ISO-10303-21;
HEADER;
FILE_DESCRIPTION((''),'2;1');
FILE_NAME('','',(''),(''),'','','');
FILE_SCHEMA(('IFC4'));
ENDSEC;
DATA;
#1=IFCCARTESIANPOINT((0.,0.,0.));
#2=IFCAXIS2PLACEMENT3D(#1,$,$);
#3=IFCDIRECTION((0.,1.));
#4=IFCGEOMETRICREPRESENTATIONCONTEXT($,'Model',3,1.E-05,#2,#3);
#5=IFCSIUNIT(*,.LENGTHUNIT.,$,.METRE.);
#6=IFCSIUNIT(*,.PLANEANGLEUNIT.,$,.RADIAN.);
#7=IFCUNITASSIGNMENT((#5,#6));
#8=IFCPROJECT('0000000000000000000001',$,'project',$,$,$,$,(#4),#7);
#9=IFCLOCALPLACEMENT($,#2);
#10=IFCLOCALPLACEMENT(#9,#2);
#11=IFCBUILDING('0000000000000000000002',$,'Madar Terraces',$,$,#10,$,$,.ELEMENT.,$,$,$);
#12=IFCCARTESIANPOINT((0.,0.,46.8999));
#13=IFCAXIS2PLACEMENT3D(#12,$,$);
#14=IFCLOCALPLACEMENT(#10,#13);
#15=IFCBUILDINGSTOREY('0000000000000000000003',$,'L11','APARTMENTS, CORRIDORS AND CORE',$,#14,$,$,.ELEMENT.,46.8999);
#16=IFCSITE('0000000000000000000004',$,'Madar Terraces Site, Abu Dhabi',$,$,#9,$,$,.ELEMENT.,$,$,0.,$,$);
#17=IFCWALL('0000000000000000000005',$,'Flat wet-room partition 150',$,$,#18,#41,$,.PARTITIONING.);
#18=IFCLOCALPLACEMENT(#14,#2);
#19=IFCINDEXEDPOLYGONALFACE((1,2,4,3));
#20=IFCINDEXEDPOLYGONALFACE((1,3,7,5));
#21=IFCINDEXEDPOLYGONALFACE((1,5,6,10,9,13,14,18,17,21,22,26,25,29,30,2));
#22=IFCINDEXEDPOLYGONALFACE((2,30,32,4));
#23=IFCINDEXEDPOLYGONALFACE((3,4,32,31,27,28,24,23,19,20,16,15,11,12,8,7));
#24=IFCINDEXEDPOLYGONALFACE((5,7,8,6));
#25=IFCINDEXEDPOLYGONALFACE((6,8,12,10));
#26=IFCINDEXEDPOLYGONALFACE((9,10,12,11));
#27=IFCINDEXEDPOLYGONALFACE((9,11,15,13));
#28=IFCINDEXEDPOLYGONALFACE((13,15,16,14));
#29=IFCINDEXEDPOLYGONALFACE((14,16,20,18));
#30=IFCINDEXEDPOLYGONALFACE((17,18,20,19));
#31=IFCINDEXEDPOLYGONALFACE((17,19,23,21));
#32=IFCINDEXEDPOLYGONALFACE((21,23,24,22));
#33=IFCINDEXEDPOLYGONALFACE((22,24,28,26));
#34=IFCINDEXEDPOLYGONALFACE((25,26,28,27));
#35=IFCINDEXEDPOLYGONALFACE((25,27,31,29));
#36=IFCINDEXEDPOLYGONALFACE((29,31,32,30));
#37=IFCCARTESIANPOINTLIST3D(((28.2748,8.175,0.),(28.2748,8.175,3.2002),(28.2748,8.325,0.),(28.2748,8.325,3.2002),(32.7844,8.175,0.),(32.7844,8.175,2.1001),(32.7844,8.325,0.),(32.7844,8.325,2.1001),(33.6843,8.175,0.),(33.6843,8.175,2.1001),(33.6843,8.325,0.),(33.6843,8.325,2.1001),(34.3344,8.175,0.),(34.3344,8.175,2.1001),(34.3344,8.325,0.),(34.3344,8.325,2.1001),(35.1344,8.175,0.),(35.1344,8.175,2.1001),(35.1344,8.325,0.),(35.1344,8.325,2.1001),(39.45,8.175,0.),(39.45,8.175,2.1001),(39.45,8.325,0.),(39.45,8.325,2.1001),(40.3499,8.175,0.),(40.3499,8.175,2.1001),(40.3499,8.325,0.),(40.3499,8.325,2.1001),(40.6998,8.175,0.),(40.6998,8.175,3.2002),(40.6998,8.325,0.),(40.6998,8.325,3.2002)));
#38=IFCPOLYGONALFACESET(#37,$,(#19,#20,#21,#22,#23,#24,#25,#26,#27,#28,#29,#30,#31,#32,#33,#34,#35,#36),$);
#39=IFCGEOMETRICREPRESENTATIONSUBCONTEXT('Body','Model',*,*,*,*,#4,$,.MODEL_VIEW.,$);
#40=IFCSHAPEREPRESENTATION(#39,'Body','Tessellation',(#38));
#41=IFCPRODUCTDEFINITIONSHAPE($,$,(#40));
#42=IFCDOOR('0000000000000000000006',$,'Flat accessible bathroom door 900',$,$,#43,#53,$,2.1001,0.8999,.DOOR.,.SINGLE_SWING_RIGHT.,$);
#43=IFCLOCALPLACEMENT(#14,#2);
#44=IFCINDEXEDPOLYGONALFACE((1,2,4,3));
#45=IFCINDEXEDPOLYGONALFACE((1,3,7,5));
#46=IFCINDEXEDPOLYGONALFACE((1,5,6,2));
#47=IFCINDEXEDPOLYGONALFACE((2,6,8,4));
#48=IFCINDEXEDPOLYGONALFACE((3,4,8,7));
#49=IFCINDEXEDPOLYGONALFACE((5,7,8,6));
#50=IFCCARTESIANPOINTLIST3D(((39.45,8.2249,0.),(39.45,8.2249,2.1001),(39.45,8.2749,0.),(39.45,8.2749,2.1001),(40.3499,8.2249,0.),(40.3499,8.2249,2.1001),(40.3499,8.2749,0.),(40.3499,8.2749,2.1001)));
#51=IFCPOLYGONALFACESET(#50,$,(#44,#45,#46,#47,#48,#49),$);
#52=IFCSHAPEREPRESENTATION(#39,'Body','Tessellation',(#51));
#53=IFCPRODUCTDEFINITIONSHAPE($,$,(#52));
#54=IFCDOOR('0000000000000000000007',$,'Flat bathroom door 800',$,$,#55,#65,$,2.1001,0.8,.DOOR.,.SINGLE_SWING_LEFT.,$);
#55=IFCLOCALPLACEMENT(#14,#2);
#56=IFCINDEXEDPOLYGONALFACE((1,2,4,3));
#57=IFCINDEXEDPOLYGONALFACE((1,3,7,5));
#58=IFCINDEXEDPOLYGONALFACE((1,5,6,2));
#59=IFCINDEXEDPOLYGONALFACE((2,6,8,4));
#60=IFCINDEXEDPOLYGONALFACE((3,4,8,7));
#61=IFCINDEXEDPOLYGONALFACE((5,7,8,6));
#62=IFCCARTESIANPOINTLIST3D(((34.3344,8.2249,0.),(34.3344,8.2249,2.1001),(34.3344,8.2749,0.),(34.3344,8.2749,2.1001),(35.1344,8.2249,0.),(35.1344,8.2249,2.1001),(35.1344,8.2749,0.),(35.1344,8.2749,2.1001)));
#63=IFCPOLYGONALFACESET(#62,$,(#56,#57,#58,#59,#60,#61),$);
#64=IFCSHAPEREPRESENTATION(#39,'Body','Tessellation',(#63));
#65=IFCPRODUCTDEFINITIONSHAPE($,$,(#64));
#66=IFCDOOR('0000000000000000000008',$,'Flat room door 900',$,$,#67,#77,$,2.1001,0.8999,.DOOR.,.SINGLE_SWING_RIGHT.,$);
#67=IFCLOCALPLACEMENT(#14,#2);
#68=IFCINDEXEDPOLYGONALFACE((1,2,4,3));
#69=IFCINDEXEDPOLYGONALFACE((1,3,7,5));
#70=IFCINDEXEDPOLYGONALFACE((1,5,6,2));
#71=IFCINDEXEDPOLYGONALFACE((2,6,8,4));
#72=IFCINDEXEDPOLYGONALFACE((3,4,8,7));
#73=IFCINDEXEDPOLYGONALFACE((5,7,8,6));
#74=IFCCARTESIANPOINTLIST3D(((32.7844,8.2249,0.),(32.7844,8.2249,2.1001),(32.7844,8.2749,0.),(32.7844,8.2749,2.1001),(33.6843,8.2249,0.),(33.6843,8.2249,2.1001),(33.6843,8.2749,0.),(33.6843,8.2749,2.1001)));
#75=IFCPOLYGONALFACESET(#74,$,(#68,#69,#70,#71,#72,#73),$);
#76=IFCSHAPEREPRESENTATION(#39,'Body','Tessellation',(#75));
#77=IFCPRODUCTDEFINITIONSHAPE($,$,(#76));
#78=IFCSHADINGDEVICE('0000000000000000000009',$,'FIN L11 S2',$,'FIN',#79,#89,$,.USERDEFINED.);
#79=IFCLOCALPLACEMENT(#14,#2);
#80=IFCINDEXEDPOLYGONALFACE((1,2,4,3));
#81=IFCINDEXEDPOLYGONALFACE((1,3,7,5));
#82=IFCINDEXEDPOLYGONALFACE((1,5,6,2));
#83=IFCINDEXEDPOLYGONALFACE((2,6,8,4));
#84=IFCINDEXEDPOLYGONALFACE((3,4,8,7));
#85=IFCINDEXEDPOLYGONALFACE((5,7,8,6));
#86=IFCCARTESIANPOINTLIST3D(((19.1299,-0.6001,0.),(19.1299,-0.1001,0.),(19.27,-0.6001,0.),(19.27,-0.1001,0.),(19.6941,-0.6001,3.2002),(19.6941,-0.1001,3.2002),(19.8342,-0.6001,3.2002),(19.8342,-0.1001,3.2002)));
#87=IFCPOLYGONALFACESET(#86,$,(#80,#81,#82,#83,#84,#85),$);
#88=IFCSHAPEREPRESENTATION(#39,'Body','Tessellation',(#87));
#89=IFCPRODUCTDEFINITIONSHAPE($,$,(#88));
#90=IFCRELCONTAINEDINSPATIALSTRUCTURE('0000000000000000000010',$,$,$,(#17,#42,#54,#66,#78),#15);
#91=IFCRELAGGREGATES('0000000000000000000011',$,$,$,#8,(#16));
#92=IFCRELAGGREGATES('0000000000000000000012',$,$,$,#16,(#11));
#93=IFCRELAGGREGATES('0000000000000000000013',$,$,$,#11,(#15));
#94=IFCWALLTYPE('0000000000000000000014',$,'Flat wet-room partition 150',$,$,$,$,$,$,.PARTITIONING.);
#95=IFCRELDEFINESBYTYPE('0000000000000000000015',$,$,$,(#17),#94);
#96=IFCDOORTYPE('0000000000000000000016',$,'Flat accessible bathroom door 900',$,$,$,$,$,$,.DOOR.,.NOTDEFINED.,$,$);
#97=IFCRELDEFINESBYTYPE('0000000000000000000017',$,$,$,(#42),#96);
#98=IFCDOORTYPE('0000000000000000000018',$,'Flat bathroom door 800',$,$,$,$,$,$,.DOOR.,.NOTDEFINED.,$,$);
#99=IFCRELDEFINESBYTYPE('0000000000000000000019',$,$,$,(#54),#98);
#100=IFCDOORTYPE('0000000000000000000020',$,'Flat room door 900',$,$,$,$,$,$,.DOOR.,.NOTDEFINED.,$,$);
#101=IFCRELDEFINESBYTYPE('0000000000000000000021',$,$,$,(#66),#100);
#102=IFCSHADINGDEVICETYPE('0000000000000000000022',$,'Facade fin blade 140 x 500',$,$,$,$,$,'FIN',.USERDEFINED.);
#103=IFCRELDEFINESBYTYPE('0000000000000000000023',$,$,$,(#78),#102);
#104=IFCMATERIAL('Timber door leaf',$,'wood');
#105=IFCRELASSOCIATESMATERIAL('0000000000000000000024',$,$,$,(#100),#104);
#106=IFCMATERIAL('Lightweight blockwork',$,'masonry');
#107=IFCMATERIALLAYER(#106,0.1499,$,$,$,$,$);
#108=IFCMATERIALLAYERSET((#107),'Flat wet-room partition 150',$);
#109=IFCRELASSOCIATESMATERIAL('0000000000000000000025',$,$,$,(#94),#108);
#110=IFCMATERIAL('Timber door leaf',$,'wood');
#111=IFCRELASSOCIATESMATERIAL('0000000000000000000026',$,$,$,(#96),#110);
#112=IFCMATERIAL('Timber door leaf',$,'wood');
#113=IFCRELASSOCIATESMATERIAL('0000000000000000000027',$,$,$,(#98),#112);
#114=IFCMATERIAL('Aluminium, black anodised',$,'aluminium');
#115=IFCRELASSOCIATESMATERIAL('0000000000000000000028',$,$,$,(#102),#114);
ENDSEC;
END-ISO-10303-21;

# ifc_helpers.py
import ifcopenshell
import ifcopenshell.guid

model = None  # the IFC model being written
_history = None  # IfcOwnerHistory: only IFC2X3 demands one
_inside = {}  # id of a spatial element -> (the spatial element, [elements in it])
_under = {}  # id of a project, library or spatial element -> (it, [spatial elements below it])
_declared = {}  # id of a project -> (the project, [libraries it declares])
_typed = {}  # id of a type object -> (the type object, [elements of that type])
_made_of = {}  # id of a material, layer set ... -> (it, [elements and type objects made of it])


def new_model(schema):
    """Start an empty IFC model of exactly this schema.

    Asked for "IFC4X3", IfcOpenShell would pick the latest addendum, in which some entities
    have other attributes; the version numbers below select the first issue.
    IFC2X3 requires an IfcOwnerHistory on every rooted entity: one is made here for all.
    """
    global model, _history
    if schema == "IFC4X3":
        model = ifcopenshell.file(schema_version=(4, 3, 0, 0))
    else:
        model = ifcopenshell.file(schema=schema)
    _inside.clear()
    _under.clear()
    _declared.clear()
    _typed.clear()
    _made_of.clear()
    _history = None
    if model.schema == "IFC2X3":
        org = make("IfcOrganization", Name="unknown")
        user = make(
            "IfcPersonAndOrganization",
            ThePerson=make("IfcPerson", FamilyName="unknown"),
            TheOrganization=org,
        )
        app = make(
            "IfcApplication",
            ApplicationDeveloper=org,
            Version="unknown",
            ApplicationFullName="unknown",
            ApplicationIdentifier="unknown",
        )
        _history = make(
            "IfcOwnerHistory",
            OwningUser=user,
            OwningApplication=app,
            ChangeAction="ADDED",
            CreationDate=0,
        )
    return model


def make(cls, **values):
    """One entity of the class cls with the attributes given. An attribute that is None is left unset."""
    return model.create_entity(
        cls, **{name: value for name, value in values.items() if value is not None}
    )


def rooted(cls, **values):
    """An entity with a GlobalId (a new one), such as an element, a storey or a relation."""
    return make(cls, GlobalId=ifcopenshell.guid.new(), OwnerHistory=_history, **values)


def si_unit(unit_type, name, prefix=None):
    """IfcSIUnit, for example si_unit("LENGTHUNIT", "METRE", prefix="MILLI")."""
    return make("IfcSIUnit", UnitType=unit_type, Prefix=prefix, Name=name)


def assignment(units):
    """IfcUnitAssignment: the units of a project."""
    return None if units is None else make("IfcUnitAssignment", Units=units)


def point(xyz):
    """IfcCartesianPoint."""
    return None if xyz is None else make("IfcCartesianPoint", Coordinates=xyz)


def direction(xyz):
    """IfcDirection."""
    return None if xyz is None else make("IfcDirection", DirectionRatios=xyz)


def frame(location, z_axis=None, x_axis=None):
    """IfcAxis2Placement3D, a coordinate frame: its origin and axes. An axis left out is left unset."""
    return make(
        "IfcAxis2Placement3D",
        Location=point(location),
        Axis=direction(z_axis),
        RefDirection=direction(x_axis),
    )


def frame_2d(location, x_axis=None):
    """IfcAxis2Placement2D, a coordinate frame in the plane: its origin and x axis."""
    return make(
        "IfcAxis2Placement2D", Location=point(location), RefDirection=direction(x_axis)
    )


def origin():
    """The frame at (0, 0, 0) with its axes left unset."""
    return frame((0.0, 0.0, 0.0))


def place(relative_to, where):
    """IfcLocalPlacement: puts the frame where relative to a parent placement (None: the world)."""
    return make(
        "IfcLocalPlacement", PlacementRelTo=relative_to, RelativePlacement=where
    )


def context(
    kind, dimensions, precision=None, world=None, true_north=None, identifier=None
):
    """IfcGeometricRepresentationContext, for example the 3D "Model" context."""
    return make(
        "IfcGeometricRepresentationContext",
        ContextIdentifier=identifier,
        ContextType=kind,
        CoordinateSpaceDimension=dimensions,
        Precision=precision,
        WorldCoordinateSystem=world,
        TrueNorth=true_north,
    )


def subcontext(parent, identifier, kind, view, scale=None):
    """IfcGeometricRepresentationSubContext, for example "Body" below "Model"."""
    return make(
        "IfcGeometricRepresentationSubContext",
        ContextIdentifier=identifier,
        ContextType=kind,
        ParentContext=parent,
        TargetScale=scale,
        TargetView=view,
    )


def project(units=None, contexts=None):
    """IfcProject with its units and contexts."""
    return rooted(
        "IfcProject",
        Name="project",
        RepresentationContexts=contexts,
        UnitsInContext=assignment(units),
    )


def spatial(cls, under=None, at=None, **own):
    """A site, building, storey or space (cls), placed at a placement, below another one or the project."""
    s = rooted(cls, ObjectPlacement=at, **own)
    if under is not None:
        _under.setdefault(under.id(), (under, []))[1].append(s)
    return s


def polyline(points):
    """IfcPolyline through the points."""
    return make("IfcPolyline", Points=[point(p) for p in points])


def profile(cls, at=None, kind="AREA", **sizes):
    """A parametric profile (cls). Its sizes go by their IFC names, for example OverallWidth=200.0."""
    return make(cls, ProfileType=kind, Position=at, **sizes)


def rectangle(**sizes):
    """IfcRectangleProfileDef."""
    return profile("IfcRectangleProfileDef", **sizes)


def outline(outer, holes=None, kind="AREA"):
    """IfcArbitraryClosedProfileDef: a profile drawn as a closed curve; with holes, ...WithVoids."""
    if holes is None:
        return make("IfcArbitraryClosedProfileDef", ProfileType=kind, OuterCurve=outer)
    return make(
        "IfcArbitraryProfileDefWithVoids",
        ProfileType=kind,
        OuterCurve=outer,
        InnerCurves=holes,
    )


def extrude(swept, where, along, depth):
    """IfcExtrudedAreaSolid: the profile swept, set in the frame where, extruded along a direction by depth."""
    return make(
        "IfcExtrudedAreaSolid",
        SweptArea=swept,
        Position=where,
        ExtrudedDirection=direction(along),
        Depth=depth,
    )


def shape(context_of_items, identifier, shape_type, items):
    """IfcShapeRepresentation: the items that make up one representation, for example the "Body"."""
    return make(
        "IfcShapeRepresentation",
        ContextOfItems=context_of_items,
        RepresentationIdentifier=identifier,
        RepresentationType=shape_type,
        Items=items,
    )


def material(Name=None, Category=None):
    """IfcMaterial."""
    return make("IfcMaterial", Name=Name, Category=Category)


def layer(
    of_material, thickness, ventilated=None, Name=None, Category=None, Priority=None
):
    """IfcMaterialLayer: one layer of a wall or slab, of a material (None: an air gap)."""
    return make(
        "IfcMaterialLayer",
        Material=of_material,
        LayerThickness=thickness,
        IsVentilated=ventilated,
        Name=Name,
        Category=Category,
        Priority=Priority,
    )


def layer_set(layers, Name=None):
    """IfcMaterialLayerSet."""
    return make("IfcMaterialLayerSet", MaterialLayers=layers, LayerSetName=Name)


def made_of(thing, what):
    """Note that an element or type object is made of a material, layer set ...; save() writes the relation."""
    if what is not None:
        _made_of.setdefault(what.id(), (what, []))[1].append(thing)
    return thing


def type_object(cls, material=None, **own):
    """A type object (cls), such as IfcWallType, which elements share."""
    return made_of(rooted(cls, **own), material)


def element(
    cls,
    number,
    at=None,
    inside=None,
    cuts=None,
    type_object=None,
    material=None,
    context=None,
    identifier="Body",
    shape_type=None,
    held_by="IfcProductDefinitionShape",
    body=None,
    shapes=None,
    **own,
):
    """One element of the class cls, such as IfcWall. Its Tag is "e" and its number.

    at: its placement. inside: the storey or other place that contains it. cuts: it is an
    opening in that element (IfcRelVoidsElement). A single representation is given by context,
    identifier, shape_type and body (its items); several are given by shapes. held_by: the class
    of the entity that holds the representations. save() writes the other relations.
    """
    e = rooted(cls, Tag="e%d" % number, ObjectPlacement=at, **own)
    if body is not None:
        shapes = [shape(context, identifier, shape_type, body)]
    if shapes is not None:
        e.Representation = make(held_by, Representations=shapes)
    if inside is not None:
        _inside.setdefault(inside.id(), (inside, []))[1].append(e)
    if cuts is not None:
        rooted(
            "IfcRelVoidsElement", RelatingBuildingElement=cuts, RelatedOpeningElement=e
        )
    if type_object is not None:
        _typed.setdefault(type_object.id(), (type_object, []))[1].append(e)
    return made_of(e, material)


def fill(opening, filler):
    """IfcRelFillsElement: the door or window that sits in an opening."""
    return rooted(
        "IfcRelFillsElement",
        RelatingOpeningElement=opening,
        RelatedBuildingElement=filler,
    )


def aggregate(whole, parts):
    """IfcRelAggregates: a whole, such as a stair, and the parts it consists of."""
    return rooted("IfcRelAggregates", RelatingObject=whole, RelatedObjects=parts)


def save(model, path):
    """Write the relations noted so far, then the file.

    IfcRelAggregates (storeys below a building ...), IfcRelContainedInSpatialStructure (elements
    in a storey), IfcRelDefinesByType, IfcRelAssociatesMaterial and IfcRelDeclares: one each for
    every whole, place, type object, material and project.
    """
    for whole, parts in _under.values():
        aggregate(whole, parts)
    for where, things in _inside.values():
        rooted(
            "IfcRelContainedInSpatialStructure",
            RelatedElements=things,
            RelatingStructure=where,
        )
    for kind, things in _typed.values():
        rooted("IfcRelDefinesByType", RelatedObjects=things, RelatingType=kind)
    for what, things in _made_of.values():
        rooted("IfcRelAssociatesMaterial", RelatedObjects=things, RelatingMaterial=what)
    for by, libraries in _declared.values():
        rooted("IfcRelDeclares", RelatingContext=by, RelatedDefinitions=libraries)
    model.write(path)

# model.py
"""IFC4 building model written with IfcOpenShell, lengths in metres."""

from ifc_helpers import new_model, si_unit, direction, frame, frame_2d, origin, place, context, subcontext, project, spatial, polyline, rectangle, outline, extrude, material, layer, layer_set, type_object, element, fill, save


model = new_model("IFC4")

# Units and contexts
model_context = context("Model", 3, precision=1e-05, world=origin(), true_north=direction((0.0, 1.0)))
body_context = subcontext(model_context, "Body", "Model", "MODEL_VIEW")
ifc_project = project(units=[si_unit("LENGTHUNIT", "METRE"), si_unit("PLANEANGLEUNIT", "RADIAN")], contexts=[model_context])

# Site, building, storey
site_placement = place(None, origin())
site = spatial("IfcSite", under=ifc_project, at=site_placement, Name="Madar Terraces Site, Abu Dhabi", CompositionType="ELEMENT", RefElevation=0.0)
building_placement = place(site_placement, origin())
building = spatial("IfcBuilding", under=site, at=building_placement, Name="Madar Terraces", CompositionType="ELEMENT")
storey_placement = place(building_placement, frame((0.0, 0.0, 46.8999)))
storey = spatial("IfcBuildingStorey", under=building, at=storey_placement, Name="L11", Description="APARTMENTS, CORRIDORS AND CORE", CompositionType="ELEMENT", Elevation=46.8999)

# Shared definitions
ifc_material_1 = material(Name="Timber door leaf", Category="wood")
door_type_1 = type_object("IfcDoorType", Name="Flat room door 900", OperationType="NOTDEFINED", PredefinedType="DOOR", material=ifc_material_1)

# Shared definitions
ifc_material_2 = material(Name="Lightweight blockwork", Category="masonry")
ifc_layer_1 = layer(ifc_material_2, 0.1499)
ifc_layer_set_1 = layer_set([ifc_layer_1], Name="Flat wet-room partition 150")
wall_type_1 = type_object("IfcWallType", Name="Flat wet-room partition 150", PredefinedType="PARTITIONING", material=ifc_layer_set_1)

# Wall, openings, doors
wall_1_placement = place(storey_placement, frame((28.2749, 8.25, 0.0), z_axis=(0.0, 0.0, 1.0), x_axis=(1.0, 0.0, 0.0)))
wall_1 = element("IfcWall", 1, at=wall_1_placement, inside=storey, type_object=wall_type_1, Name="Flat wet-room partition 150", PredefinedType="PARTITIONING", context=body_context, shape_type="SweptSolid", body=[
    extrude(rectangle(XDim=12.425, YDim=0.1499, at=frame_2d((6.2124, 0.0))), origin(), (0.0, 0.0, 1.0), 3.2002),
])
opening_1_placement = place(wall_1_placement, frame((4.5095, 0.0, 0.0)))
opening_1 = element("IfcOpeningElement", 2, at=opening_1_placement, cuts=wall_1, PredefinedType="OPENING", context=body_context, shape_type="SweptSolid", body=[
    extrude(rectangle(XDim=0.8999, YDim=2.1001, at=frame_2d((0.45, 1.05))), frame((0.0, 0.085, 0.0), z_axis=(0.0, -1.0, 0.0), x_axis=(1.0, 0.0, 0.0)), (0.0, 0.0, 1.0), 0.1699),
])
opening_2_placement = place(wall_1_placement, frame((6.0596, 0.0, 0.0)))
opening_2 = element("IfcOpeningElement", 3, at=opening_2_placement, cuts=wall_1, PredefinedType="OPENING", context=body_context, shape_type="SweptSolid", body=[
    extrude(rectangle(XDim=0.8, YDim=2.1001, at=frame_2d((0.3999, 1.05))), frame((0.0, 0.085, 0.0), z_axis=(0.0, -1.0, 0.0), x_axis=(1.0, 0.0, 0.0)), (0.0, 0.0, 1.0), 0.1699),
])
opening_3_placement = place(wall_1_placement, frame((11.175, 0.0, 0.0)))
opening_3 = element("IfcOpeningElement", 4, at=opening_3_placement, cuts=wall_1, PredefinedType="OPENING", context=body_context, shape_type="SweptSolid", body=[
    extrude(rectangle(XDim=0.8999, YDim=2.1001, at=frame_2d((0.45, 1.05))), frame((0.0, 0.085, 0.0), z_axis=(0.0, -1.0, 0.0), x_axis=(1.0, 0.0, 0.0)), (0.0, 0.0, 1.0), 0.1699),
])
ifc_material_3 = material(Name="Timber door leaf", Category="wood")
door_type_2 = type_object("IfcDoorType", Name="Flat accessible bathroom door 900", OperationType="NOTDEFINED", PredefinedType="DOOR", material=ifc_material_3)
door_1_placement = place(opening_3_placement, origin())
door_1 = element("IfcDoor", 5, at=door_1_placement, inside=storey, type_object=door_type_2, Name="Flat accessible bathroom door 900", OperationType="SINGLE_SWING_RIGHT", OverallHeight=2.1001, OverallWidth=0.8999, PredefinedType="DOOR", context=body_context, shape_type="SweptSolid", body=[
    extrude(rectangle(XDim=0.8999, YDim=2.1001, at=frame_2d((0.45, 1.05))), frame((0.0, 0.0249, 0.0), z_axis=(0.0, -1.0, 0.0), x_axis=(1.0, 0.0, 0.0)), (0.0, 0.0, 1.0), 0.05),
])
fill(opening_3, door_1)
ifc_material_4 = material(Name="Timber door leaf", Category="wood")
door_type_3 = type_object("IfcDoorType", Name="Flat bathroom door 800", OperationType="NOTDEFINED", PredefinedType="DOOR", material=ifc_material_4)
door_2_placement = place(opening_2_placement, origin())
door_2 = element("IfcDoor", 6, at=door_2_placement, inside=storey, type_object=door_type_3, Name="Flat bathroom door 800", OperationType="SINGLE_SWING_LEFT", OverallHeight=2.1001, OverallWidth=0.8, PredefinedType="DOOR", context=body_context, shape_type="SweptSolid", body=[
    extrude(rectangle(XDim=0.8, YDim=2.1001, at=frame_2d((0.3999, 1.05))), frame((0.0, 0.0249, 0.0), z_axis=(0.0, -1.0, 0.0), x_axis=(1.0, 0.0, 0.0)), (0.0, 0.0, 1.0), 0.05),
])
fill(opening_2, door_2)
door_3_placement = place(opening_1_placement, origin())
door_3 = element("IfcDoor", 7, at=door_3_placement, inside=storey, type_object=door_type_1, Name="Flat room door 900", OperationType="SINGLE_SWING_RIGHT", OverallHeight=2.1001, OverallWidth=0.8999, PredefinedType="DOOR", context=body_context, shape_type="SweptSolid", body=[
    extrude(rectangle(XDim=0.8999, YDim=2.1001, at=frame_2d((0.45, 1.05))), frame((0.0, 0.0249, 0.0), z_axis=(0.0, -1.0, 0.0), x_axis=(1.0, 0.0, 0.0)), (0.0, 0.0, 1.0), 0.05),
])
fill(opening_1, door_3)

# Shading device
ifc_material_5 = material(Name="Aluminium, black anodised", Category="aluminium")
shading_device_type = type_object("IfcShadingDeviceType", Name="Facade fin blade 140 x 500", ElementType="FIN", PredefinedType="USERDEFINED", material=ifc_material_5)
shading_device_placement = place(storey_placement, frame((19.1299, -0.3501, 0.0), z_axis=(0.0, 0.0, 1.0), x_axis=(1.0, 0.0, 0.0)))
element("IfcShadingDevice", 8, at=shading_device_placement, inside=storey, type_object=shading_device_type, Name="FIN L11 S2", ObjectType="FIN", PredefinedType="USERDEFINED", context=body_context, shape_type="SweptSolid", body=[
    extrude(outline(polyline([(0.0, 0.0), (0.1401, 0.0), (0.7043, 3.2002), (0.5642, 3.2002), (0.0, 0.0)])), frame((0.0, 0.25, 0.0), z_axis=(0.0, -1.0, 0.0), x_axis=(1.0, 0.0, 0.0)), (0.0, 0.0, 1.0), 0.5),
])

save(model, "model.ifc")
